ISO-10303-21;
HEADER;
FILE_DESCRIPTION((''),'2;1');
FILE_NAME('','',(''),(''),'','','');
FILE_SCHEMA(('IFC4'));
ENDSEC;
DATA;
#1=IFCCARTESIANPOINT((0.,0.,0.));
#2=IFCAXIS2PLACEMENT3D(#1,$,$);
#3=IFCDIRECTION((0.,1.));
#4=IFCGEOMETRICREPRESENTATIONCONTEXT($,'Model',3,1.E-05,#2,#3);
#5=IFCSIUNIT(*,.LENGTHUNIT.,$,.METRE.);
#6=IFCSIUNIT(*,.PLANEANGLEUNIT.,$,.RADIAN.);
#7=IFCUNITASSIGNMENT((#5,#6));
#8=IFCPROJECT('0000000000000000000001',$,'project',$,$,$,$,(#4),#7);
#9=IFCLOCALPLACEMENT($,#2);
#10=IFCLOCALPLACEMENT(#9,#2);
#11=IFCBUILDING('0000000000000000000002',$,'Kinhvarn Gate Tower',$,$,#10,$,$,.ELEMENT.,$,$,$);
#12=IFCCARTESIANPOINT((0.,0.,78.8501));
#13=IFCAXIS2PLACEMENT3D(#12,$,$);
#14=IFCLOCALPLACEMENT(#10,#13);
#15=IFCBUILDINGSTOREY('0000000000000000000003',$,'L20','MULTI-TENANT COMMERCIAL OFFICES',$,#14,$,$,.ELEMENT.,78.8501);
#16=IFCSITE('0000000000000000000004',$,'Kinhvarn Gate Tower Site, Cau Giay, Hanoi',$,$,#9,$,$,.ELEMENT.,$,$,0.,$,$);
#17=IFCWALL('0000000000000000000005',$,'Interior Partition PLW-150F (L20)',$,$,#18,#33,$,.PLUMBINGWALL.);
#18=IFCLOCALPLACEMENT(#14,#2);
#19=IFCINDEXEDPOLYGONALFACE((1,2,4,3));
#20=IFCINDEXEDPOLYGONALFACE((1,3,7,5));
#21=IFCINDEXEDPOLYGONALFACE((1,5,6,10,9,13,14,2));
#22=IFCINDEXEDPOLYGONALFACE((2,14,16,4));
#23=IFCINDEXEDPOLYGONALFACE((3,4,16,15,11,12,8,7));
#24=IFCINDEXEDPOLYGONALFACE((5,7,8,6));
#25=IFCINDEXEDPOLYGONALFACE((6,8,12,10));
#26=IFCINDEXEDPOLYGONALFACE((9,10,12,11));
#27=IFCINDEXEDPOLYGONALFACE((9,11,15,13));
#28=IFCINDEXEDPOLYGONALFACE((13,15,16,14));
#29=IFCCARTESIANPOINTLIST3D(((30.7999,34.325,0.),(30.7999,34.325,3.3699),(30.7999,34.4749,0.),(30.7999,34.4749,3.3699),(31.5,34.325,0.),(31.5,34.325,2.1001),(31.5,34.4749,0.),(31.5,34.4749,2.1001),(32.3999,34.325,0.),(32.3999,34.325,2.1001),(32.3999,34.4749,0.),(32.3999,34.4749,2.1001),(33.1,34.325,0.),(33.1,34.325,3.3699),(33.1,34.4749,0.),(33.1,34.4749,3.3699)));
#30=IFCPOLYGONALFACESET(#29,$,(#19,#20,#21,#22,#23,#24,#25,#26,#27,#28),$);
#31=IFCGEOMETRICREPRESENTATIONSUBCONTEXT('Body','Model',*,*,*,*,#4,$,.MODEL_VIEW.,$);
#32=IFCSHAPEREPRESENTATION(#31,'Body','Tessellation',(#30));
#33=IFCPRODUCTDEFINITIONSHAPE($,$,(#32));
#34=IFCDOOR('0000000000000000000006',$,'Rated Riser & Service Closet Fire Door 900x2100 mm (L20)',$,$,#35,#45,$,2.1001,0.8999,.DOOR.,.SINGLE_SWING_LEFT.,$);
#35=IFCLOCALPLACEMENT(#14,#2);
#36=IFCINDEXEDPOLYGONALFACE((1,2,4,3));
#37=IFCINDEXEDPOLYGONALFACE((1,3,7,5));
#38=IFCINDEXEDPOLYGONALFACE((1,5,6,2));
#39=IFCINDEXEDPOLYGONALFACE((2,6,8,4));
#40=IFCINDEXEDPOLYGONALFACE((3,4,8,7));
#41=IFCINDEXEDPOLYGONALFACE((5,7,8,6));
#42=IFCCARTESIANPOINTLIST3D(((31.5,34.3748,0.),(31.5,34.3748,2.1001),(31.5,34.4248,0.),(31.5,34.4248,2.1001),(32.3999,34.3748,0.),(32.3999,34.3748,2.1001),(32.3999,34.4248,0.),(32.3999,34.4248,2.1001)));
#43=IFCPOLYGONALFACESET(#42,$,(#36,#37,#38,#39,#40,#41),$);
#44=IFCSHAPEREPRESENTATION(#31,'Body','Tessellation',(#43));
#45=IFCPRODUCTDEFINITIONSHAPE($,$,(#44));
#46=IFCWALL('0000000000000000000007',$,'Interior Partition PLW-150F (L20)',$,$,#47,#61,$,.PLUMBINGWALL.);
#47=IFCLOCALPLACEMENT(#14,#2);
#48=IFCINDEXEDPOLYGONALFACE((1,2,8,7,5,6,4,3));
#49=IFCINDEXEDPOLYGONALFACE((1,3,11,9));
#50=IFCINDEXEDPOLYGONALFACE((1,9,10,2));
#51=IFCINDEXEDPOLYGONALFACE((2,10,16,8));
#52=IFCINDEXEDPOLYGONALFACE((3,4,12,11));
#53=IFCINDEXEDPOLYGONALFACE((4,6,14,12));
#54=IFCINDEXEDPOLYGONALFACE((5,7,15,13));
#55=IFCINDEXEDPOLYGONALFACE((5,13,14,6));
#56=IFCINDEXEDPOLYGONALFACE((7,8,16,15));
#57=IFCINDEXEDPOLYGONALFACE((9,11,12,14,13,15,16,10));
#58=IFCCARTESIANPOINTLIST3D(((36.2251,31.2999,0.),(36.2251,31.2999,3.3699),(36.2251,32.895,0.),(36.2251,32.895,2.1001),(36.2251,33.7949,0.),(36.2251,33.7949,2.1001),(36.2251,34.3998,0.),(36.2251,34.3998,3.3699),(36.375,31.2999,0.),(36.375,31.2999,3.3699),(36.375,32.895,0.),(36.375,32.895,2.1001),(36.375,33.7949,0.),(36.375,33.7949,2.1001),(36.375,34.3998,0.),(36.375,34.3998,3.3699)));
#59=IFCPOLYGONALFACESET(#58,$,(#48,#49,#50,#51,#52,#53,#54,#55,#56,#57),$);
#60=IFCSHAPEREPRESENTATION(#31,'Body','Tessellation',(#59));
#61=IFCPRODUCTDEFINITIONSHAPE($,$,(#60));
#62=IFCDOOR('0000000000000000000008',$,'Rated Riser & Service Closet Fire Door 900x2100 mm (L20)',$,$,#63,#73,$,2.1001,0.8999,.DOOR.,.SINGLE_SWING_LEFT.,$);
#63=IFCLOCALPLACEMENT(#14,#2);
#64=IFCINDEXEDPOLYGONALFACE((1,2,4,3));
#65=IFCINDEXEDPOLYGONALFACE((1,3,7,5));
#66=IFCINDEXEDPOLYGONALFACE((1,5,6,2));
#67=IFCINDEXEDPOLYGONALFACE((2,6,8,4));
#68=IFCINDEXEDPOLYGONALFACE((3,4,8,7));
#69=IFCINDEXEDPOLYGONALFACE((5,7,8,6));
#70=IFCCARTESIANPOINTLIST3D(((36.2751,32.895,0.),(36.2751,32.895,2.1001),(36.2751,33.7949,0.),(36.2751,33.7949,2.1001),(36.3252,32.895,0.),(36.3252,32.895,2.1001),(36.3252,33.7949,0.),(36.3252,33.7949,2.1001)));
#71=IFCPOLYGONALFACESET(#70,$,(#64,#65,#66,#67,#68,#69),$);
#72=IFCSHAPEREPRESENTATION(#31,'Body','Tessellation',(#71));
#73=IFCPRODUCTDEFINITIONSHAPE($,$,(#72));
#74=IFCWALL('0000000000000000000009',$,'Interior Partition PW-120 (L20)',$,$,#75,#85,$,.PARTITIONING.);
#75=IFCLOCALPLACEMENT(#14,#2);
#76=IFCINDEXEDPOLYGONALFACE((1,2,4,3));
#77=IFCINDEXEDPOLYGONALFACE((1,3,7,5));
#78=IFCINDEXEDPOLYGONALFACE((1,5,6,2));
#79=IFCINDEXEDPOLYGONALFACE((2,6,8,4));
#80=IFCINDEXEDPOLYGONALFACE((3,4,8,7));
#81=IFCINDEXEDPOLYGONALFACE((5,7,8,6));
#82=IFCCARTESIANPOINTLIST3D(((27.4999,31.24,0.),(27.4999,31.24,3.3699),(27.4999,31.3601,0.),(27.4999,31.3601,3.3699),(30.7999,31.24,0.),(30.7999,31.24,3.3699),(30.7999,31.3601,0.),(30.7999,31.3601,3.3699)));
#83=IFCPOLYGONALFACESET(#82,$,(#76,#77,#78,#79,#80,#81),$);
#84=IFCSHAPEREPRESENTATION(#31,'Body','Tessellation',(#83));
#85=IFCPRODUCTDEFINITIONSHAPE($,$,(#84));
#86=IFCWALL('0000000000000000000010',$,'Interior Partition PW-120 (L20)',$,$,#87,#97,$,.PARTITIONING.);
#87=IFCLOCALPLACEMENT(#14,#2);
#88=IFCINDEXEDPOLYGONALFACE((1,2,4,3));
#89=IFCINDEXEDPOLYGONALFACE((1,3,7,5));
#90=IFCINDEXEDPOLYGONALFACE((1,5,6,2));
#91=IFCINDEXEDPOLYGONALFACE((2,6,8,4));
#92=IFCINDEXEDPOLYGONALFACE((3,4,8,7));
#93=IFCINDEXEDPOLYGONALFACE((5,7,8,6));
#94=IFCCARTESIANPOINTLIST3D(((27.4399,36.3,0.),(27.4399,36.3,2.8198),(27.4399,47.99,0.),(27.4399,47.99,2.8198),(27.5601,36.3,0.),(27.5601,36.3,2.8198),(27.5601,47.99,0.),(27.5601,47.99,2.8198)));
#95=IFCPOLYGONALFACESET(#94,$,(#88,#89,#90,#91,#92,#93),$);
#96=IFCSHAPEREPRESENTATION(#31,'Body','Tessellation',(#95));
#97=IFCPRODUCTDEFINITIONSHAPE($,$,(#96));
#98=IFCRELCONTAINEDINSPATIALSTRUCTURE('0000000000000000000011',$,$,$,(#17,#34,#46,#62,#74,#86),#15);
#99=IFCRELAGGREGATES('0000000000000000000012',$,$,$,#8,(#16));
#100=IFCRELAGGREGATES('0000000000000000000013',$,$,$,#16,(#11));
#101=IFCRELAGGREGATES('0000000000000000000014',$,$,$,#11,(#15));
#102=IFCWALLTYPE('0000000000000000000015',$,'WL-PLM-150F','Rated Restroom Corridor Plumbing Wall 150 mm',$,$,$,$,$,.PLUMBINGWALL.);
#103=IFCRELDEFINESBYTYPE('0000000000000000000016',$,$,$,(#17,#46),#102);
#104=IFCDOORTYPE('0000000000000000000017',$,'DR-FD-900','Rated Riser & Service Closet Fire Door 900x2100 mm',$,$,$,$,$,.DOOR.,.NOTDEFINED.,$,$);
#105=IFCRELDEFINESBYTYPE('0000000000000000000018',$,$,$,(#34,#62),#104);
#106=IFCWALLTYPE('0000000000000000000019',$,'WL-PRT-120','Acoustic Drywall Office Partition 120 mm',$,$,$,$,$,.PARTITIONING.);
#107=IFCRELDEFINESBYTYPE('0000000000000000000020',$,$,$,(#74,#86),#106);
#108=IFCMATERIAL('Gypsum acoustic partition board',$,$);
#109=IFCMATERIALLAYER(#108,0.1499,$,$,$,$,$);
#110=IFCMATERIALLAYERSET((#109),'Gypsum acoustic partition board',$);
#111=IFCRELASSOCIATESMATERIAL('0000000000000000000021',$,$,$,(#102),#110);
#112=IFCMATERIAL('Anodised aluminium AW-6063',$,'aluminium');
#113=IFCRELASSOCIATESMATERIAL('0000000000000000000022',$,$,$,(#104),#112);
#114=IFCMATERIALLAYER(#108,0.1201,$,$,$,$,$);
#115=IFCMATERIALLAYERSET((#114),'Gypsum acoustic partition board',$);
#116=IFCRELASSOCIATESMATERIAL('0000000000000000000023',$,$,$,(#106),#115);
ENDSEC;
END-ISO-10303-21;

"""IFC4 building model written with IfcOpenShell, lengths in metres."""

from ifc_helpers import new_model, si_unit, direction, frame, frame_2d, origin, place, context, subcontext, project, spatial, rectangle, extrude, material, layer, layer_set, type_object, element, fill, save


model = new_model("IFC4")

# Units and contexts
model_context = context("Model", 3, precision=1e-05, world=origin(), true_north=direction((0.0, 1.0)))
body_context = subcontext(model_context, "Body", "Model", "MODEL_VIEW")
ifc_project = project(units=[si_unit("LENGTHUNIT", "METRE"), si_unit("PLANEANGLEUNIT", "RADIAN")], contexts=[model_context])

# Site, building, storey
site_placement = place(None, origin())
site = spatial("IfcSite", under=ifc_project, at=site_placement, Name="Kinhvarn Gate Tower Site, Cau Giay, Hanoi", CompositionType="ELEMENT", RefElevation=0.0)
building_placement = place(site_placement, origin())
building = spatial("IfcBuilding", under=site, at=building_placement, Name="Kinhvarn Gate Tower", CompositionType="ELEMENT")
storey_placement = place(building_placement, frame((0.0, 0.0, 78.8501)))
storey = spatial("IfcBuildingStorey", under=building, at=storey_placement, Name="L20", Description="MULTI-TENANT COMMERCIAL OFFICES", CompositionType="ELEMENT", Elevation=78.8501)

# Shared definitions
ifc_material_1 = material(Name="Gypsum acoustic partition board")
ifc_layer_1 = layer(ifc_material_1, 0.1499)
ifc_layer_set_1 = layer_set([ifc_layer_1], Name="Gypsum acoustic partition board")
wall_type_1 = type_object("IfcWallType", Name="WL-PLM-150F", Description="Rated Restroom Corridor Plumbing Wall 150 mm", PredefinedType="PLUMBINGWALL", material=ifc_layer_set_1)

# Walls, openings, doors
wall_1_placement = place(storey_placement, frame((30.8, 34.3999, 0.0), z_axis=(0.0, 0.0, 1.0), x_axis=(1.0, 0.0, 0.0)))
wall_1 = element("IfcWall", 1, at=wall_1_placement, inside=storey, type_object=wall_type_1, Name="Interior Partition PLW-150F (L20)", PredefinedType="PLUMBINGWALL", context=body_context, shape_type="SweptSolid", body=[
    extrude(rectangle(XDim=2.3, YDim=0.1499, at=frame_2d((1.1499, 0.0))), origin(), (0.0, 0.0, 1.0), 3.3699),
])
opening_1_placement = place(wall_1_placement, frame((0.7, 0.0, 0.0)))
opening_1 = element("IfcOpeningElement", 2, at=opening_1_placement, cuts=wall_1, PredefinedType="OPENING", context=body_context, shape_type="SweptSolid", body=[
    extrude(rectangle(XDim=0.8999, YDim=2.1001, at=frame_2d((0.45, 1.05))), frame((0.0, 0.085, 0.0), z_axis=(0.0, -1.0, 0.0), x_axis=(1.0, 0.0, 0.0)), (0.0, 0.0, 1.0), 0.1699),
])
ifc_material_2 = material(Name="Anodised aluminium AW-6063", Category="aluminium")
door_type_1 = type_object("IfcDoorType", Name="DR-FD-900", Description="Rated Riser & Service Closet Fire Door 900x2100 mm", OperationType="NOTDEFINED", PredefinedType="DOOR", material=ifc_material_2)
door_1_placement = place(opening_1_placement, origin())
door_1 = element("IfcDoor", 3, at=door_1_placement, inside=storey, type_object=door_type_1, Name="Rated Riser & Service Closet Fire Door 900x2100 mm (L20)", OperationType="SINGLE_SWING_LEFT", OverallHeight=2.1001, OverallWidth=0.8999, PredefinedType="DOOR", context=body_context, shape_type="SweptSolid", body=[
    extrude(rectangle(XDim=0.8999, YDim=2.1001, at=frame_2d((0.45, 1.05))), frame((0.0, 0.0249, 0.0), z_axis=(0.0, -1.0, 0.0), x_axis=(1.0, 0.0, 0.0)), (0.0, 0.0, 1.0), 0.05),
])
fill(opening_1, door_1)
wall_2_placement = place(storey_placement, frame((36.3, 31.3, 0.0), z_axis=(0.0, 0.0, 1.0), x_axis=(0.0, 1.0, 0.0)))
wall_2 = element("IfcWall", 4, at=wall_2_placement, inside=storey, type_object=wall_type_1, Name="Interior Partition PLW-150F (L20)", PredefinedType="PLUMBINGWALL", context=body_context, shape_type="SweptSolid", body=[
    extrude(rectangle(XDim=3.0999, YDim=0.1499, at=frame_2d((1.5498, 0.0))), origin(), (0.0, 0.0, 1.0), 3.3699),
])
opening_2_placement = place(wall_2_placement, frame((1.595, 0.0, 0.0)))
opening_2 = element("IfcOpeningElement", 5, at=opening_2_placement, cuts=wall_2, PredefinedType="OPENING", context=body_context, shape_type="SweptSolid", body=[
    extrude(rectangle(XDim=0.8999, YDim=2.1001, at=frame_2d((0.45, 1.05))), frame((0.0, 0.085, 0.0), z_axis=(0.0, -1.0, 0.0), x_axis=(1.0, 0.0, 0.0)), (0.0, 0.0, 1.0), 0.1699),
])
door_2_placement = place(opening_2_placement, origin())
door_2 = element("IfcDoor", 6, at=door_2_placement, inside=storey, type_object=door_type_1, Name="Rated Riser & Service Closet Fire Door 900x2100 mm (L20)", OperationType="SINGLE_SWING_LEFT", OverallHeight=2.1001, OverallWidth=0.8999, PredefinedType="DOOR", context=body_context, shape_type="SweptSolid", body=[
    extrude(rectangle(XDim=0.8999, YDim=2.1001, at=frame_2d((0.45, 1.05))), frame((0.0, 0.0249, 0.0), z_axis=(0.0, -1.0, 0.0), x_axis=(1.0, 0.0, 0.0)), (0.0, 0.0, 1.0), 0.05),
])
fill(opening_2, door_2)

# Walls
ifc_layer_2 = layer(ifc_material_1, 0.1201)
ifc_layer_set_2 = layer_set([ifc_layer_2], Name="Gypsum acoustic partition board")
wall_type_2 = type_object("IfcWallType", Name="WL-PRT-120", Description="Acoustic Drywall Office Partition 120 mm", PredefinedType="PARTITIONING", material=ifc_layer_set_2)
wall_3_placement = place(storey_placement, frame((27.5, 31.3, 0.0), z_axis=(0.0, 0.0, 1.0), x_axis=(1.0, 0.0, 0.0)))
element("IfcWall", 7, at=wall_3_placement, inside=storey, type_object=wall_type_2, Name="Interior Partition PW-120 (L20)", PredefinedType="PARTITIONING", context=body_context, shape_type="SweptSolid", body=[
    extrude(rectangle(XDim=3.3, YDim=0.1201, at=frame_2d((1.6499, 0.0))), origin(), (0.0, 0.0, 1.0), 3.3699),
])
wall_4_placement = place(storey_placement, frame((27.5, 36.3, 0.0), z_axis=(0.0, 0.0, 1.0), x_axis=(0.0, 1.0, 0.0)))
element("IfcWall", 8, at=wall_4_placement, inside=storey, type_object=wall_type_2, Name="Interior Partition PW-120 (L20)", PredefinedType="PARTITIONING", context=body_context, shape_type="SweptSolid", body=[
    extrude(rectangle(XDim=11.6899, YDim=0.1201, at=frame_2d((5.845, 0.0))), origin(), (0.0, 0.0, 1.0), 2.8198),
])

save(model, "model.ifc")
